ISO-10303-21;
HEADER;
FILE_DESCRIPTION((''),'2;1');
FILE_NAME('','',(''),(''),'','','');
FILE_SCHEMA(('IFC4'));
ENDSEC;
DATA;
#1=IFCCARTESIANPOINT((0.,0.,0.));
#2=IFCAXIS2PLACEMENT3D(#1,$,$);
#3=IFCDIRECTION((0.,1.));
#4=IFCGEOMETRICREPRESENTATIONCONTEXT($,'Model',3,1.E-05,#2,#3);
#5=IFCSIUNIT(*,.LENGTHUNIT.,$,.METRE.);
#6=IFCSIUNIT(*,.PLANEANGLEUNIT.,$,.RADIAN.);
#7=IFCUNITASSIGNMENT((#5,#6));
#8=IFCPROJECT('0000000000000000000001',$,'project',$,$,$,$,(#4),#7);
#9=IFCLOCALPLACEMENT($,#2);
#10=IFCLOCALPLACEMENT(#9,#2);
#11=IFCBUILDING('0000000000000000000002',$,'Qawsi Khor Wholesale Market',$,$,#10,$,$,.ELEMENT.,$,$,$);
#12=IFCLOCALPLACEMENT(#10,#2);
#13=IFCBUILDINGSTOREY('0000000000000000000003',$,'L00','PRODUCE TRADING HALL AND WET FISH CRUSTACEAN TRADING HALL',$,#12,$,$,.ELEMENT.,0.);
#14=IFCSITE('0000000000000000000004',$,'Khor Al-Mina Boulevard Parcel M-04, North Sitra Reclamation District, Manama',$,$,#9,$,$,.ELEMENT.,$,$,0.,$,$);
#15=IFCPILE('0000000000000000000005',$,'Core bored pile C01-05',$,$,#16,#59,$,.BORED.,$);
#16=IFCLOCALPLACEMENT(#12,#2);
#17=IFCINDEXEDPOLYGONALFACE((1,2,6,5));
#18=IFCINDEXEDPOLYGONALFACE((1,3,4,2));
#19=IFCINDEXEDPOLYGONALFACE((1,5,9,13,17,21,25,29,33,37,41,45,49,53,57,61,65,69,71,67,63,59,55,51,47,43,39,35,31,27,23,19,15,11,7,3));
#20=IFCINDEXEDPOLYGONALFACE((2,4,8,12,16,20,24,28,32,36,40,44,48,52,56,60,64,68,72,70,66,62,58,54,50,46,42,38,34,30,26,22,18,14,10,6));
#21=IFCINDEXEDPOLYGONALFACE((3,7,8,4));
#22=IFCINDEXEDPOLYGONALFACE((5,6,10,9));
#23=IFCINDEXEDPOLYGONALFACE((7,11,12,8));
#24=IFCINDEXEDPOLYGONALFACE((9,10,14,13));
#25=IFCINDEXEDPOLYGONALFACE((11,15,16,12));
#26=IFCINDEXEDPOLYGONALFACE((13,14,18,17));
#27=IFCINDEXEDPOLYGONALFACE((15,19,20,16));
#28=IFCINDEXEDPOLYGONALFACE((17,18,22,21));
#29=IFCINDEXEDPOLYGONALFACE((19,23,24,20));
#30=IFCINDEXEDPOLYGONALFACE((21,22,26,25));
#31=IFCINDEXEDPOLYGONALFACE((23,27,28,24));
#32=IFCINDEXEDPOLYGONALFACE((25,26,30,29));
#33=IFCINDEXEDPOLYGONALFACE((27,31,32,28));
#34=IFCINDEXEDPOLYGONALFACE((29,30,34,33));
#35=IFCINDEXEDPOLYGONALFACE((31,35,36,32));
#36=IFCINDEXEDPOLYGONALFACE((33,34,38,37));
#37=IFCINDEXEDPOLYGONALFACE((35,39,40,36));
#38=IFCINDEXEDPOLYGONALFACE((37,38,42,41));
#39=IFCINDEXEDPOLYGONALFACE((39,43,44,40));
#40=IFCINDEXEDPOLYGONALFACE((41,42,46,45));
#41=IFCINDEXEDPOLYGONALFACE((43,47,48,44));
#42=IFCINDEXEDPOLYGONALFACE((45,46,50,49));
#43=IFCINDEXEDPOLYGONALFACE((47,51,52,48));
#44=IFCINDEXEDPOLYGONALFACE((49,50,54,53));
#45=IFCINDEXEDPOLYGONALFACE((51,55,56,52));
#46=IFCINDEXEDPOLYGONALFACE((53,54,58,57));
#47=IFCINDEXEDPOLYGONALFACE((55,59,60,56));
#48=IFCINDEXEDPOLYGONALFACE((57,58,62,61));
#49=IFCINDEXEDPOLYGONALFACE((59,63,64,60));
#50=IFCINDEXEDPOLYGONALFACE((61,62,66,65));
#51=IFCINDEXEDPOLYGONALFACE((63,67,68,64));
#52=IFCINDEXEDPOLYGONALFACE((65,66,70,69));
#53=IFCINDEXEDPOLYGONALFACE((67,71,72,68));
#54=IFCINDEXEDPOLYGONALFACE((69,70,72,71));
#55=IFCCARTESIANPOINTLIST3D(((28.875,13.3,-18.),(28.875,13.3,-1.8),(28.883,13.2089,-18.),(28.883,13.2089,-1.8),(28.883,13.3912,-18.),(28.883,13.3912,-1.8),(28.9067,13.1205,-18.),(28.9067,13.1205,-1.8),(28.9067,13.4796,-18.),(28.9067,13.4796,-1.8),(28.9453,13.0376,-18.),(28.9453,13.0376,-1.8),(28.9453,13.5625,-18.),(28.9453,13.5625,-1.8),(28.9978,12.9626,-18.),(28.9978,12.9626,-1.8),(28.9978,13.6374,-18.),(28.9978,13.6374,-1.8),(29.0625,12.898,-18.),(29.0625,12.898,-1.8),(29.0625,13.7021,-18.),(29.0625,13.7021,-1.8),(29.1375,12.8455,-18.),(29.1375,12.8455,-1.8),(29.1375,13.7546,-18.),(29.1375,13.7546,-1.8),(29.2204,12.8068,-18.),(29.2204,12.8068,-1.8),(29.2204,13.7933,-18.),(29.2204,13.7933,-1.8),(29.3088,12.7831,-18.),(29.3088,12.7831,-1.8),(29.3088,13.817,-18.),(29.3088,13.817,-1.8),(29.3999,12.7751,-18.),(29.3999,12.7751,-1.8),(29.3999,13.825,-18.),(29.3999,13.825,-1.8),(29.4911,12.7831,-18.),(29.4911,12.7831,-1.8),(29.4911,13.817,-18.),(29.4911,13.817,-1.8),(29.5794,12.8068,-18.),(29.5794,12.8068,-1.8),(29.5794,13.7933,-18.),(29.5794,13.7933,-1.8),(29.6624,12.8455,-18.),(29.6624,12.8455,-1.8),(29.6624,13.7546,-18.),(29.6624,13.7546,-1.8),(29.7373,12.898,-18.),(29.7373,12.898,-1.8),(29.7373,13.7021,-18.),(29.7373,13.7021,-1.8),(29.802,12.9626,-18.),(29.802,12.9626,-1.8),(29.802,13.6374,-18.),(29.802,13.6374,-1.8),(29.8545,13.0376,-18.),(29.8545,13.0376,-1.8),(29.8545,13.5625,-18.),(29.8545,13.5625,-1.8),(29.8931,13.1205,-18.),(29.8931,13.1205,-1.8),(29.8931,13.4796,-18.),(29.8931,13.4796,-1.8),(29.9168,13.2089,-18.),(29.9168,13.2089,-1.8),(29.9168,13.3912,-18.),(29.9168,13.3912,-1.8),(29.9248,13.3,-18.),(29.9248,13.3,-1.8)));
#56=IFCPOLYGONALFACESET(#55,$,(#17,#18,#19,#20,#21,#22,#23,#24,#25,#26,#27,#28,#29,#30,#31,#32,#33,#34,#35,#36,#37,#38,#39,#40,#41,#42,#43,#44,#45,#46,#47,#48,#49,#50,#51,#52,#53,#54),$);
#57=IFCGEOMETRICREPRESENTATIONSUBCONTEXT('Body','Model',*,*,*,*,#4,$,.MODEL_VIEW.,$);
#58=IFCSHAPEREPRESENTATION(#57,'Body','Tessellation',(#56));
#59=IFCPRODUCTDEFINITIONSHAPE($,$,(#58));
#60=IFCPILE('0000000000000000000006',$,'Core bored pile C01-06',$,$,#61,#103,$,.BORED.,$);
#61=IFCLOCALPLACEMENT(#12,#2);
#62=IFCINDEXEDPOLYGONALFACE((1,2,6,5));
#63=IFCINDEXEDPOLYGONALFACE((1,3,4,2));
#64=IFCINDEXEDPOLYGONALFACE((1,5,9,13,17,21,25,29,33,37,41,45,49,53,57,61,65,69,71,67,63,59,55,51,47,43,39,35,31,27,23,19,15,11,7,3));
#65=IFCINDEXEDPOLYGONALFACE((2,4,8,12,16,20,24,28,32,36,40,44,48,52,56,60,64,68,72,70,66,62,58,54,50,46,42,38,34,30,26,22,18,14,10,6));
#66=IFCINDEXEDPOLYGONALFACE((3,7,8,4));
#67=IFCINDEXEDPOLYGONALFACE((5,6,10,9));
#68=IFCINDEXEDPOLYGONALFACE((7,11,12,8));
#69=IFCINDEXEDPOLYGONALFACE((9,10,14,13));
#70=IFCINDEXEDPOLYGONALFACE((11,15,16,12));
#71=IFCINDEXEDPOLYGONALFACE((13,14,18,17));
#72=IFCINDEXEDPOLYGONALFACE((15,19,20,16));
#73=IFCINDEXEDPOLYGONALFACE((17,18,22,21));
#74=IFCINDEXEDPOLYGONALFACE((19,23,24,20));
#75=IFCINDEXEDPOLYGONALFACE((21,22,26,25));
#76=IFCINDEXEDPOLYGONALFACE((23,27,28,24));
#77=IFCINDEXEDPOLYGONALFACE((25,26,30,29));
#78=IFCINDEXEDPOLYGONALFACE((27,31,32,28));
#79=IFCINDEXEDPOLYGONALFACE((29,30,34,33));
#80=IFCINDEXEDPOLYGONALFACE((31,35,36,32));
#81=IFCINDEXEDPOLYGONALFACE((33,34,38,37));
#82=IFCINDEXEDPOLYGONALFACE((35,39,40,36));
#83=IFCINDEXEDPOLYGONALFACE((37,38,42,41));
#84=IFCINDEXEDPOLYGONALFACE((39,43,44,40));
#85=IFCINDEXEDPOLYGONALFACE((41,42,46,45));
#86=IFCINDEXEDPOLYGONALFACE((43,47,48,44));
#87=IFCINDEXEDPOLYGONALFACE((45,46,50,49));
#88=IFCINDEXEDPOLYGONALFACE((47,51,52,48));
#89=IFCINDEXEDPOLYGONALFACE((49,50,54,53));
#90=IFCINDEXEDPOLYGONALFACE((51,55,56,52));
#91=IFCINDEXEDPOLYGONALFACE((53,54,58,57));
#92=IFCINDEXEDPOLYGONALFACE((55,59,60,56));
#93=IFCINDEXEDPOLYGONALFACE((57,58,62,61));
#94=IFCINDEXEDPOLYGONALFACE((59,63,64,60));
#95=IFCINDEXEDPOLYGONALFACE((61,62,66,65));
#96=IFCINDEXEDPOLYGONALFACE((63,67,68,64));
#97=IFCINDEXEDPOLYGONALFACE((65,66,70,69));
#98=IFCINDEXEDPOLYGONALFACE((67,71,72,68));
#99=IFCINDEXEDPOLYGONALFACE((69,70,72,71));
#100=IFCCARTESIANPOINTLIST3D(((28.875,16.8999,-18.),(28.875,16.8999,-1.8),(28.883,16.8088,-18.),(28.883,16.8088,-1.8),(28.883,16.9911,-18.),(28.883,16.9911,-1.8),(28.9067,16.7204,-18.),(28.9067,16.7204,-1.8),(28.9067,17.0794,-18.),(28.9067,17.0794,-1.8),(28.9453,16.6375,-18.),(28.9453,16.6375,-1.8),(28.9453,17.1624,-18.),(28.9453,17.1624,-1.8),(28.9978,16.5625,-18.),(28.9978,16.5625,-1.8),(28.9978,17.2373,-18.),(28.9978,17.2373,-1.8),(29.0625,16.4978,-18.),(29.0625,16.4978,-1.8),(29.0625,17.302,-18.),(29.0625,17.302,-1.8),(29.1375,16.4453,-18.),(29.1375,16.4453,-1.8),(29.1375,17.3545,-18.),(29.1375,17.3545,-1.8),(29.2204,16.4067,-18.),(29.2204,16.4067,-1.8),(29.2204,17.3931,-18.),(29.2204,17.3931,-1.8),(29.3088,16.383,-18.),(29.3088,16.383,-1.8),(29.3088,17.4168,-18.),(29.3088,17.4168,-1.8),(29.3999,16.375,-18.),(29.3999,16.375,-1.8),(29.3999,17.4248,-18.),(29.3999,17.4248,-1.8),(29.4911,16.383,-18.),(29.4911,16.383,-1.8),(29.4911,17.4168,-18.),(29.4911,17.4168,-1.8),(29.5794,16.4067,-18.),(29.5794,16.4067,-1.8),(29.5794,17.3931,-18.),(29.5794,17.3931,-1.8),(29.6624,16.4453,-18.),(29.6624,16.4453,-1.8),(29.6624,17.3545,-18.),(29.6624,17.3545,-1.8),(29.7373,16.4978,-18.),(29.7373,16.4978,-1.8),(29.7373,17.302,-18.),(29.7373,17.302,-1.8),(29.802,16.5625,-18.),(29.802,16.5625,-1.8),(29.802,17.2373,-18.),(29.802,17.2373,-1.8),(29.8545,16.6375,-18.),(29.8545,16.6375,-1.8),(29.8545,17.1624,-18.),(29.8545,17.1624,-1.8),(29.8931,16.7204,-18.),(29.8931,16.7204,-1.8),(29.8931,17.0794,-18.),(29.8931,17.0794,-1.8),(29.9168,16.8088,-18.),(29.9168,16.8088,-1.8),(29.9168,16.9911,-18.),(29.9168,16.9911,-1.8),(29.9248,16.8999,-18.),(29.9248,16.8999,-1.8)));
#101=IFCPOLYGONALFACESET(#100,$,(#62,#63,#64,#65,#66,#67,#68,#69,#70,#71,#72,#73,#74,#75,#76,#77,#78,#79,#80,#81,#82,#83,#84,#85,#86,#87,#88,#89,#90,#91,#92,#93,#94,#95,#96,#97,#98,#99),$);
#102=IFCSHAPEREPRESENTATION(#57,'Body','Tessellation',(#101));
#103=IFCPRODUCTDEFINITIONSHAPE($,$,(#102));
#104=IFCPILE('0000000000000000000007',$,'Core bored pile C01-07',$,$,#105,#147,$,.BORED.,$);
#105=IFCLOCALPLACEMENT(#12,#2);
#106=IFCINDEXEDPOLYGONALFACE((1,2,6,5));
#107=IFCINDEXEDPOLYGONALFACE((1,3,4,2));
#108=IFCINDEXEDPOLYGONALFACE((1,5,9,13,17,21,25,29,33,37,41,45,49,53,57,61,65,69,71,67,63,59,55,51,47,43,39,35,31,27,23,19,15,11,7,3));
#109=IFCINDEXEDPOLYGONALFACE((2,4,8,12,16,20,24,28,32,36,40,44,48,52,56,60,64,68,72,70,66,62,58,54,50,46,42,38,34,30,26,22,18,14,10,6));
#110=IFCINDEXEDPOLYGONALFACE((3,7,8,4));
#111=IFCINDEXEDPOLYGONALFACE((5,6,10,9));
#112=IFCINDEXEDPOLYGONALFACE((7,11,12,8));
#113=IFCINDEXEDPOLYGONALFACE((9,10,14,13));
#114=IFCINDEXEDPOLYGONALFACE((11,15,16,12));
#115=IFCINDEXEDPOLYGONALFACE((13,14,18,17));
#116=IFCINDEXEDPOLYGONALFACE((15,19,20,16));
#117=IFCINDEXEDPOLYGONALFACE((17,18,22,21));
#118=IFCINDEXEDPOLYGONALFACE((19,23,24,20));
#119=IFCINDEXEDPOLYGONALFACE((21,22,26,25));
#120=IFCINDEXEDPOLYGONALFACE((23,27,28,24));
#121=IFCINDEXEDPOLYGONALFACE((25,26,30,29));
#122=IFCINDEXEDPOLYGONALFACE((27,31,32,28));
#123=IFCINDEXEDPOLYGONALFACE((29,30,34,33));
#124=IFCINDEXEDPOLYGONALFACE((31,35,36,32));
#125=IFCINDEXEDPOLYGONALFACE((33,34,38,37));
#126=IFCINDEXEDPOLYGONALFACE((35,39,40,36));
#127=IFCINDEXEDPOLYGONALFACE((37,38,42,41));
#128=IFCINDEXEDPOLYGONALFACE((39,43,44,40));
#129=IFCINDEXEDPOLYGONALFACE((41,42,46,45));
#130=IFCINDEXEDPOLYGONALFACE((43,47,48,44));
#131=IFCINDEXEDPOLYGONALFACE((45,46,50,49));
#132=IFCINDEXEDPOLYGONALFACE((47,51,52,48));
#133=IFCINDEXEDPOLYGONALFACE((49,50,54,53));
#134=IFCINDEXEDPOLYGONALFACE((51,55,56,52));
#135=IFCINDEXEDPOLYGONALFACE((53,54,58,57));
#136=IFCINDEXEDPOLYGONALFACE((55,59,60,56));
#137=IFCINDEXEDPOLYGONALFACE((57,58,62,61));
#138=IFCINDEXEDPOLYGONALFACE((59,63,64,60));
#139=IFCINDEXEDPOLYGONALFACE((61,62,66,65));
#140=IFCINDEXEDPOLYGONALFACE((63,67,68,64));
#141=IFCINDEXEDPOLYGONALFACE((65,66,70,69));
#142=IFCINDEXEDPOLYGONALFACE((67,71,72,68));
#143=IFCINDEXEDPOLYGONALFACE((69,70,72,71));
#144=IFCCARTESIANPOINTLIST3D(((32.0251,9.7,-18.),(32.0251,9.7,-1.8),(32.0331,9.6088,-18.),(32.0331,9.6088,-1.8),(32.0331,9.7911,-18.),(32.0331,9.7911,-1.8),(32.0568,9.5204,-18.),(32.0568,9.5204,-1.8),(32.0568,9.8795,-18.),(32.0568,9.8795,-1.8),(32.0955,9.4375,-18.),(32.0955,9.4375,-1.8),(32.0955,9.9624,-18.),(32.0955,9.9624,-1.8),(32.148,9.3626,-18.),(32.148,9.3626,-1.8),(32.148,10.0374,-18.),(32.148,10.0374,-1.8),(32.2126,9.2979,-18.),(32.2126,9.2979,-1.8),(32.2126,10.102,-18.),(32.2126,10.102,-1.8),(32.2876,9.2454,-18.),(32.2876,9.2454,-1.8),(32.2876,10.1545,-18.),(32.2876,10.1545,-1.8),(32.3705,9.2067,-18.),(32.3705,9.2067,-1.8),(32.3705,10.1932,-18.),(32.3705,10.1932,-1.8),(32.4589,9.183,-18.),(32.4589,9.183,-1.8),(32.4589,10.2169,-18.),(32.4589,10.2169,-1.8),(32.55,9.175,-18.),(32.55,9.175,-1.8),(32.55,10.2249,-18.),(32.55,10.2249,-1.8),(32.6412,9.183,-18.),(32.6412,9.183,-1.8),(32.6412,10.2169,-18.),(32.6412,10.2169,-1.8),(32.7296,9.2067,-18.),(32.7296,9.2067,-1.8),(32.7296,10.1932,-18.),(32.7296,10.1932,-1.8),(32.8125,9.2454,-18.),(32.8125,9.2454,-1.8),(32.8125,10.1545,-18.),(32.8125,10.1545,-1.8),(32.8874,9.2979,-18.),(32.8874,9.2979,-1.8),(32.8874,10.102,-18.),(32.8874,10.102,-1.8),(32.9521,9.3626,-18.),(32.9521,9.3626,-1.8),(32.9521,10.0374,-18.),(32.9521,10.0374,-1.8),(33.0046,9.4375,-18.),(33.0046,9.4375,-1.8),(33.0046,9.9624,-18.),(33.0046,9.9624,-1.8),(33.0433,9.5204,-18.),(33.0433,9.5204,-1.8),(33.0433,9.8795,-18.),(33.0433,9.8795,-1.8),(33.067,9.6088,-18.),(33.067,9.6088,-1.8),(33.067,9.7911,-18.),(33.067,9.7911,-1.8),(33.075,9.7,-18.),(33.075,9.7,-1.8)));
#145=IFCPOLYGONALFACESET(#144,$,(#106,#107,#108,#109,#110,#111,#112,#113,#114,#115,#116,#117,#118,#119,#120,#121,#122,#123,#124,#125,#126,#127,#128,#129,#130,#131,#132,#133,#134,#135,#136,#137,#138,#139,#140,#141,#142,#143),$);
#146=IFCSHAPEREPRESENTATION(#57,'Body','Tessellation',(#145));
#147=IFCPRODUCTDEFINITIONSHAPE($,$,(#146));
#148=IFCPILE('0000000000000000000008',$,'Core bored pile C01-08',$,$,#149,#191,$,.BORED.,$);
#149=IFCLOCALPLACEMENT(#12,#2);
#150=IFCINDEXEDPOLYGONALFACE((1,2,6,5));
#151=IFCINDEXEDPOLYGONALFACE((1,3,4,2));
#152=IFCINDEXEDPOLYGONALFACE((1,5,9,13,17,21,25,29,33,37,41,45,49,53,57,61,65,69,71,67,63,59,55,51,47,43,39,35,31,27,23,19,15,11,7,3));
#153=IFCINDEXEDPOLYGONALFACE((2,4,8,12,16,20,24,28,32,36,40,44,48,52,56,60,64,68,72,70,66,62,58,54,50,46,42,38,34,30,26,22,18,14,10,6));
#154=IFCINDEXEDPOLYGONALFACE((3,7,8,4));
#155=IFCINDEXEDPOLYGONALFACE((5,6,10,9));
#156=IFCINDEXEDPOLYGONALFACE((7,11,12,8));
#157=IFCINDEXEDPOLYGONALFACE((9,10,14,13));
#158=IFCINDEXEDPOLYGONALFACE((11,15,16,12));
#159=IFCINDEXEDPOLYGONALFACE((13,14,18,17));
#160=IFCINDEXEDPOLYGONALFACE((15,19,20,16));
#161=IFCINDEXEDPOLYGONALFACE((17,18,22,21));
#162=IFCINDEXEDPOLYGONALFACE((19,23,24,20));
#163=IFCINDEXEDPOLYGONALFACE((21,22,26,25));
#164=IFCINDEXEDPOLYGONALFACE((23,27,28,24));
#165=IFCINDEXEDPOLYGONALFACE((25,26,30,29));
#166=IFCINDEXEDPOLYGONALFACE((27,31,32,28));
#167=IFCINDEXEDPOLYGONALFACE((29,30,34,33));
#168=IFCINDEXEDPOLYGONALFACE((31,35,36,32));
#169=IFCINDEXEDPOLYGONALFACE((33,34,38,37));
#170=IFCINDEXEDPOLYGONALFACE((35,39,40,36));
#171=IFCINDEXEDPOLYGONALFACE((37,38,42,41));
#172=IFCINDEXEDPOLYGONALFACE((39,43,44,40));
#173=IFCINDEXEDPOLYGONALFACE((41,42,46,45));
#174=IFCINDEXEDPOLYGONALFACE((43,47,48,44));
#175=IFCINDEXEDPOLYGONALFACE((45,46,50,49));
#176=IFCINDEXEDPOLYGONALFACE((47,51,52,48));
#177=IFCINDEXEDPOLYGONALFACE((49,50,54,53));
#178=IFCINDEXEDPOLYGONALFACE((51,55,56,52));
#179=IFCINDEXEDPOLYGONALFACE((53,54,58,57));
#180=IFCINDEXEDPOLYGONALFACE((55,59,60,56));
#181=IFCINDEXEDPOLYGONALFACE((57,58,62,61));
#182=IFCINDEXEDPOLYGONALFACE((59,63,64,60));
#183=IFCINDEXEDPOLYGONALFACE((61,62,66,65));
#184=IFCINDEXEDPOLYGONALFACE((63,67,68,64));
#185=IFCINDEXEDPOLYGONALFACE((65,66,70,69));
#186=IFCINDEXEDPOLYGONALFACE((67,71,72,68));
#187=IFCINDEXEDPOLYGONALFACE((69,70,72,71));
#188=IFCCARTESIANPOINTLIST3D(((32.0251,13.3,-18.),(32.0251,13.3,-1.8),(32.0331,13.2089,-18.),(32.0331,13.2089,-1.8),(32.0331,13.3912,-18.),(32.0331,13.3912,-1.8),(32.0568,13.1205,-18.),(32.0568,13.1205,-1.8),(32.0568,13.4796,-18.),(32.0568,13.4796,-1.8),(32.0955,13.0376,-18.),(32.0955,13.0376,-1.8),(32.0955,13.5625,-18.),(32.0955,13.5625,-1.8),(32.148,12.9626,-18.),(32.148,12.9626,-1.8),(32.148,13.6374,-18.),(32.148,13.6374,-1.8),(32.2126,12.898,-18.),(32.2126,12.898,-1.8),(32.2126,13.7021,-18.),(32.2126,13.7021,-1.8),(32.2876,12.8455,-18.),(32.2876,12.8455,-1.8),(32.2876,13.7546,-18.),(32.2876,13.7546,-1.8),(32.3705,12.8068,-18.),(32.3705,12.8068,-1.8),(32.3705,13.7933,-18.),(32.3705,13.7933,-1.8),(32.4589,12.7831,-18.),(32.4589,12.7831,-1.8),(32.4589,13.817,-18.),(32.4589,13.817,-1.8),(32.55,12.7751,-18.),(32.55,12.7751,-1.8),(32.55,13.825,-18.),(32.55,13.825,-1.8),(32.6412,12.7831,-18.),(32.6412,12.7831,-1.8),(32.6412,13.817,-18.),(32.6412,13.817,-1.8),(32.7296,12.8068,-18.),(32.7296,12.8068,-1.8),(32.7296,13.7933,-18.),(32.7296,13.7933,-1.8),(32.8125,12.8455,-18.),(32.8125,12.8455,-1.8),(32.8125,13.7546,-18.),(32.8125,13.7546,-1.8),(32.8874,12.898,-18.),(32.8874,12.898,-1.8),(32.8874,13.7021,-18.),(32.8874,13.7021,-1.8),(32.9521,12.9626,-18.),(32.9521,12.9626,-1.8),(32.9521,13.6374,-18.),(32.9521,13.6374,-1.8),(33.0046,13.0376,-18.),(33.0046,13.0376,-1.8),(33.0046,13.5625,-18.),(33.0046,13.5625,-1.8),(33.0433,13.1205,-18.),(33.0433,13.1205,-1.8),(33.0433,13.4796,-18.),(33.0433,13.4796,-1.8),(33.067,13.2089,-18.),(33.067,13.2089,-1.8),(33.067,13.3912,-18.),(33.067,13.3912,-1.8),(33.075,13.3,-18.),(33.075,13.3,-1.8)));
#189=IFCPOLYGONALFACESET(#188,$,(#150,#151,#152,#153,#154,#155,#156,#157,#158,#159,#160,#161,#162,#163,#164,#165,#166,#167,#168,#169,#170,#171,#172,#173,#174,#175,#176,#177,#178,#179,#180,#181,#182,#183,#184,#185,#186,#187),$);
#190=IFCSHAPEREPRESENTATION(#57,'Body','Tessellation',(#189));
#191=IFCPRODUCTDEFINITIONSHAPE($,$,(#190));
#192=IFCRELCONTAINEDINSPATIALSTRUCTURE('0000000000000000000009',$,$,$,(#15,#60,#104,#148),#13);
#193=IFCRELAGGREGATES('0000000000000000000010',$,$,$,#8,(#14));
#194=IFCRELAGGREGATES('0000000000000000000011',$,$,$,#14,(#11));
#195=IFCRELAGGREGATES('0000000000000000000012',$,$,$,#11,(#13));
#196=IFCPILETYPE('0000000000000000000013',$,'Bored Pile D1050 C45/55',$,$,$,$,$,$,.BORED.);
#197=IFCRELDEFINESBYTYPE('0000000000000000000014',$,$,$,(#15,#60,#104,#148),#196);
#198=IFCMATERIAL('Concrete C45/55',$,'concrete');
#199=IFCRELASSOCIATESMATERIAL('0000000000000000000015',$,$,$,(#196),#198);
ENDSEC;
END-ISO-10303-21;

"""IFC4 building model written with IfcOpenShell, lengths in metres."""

from ifc_helpers import new_model, si_unit, direction, frame, origin, origin_2d, place, context, subcontext, project, spatial, circle, extrude, material, material_profile, profile_set, type_object, element, save


model = new_model("IFC4")

# Units and contexts
model_context = context("Model", 3, precision=1e-05, world=origin(), true_north=direction((0.0, 1.0)))
body_context = subcontext(model_context, "Body", "Model", "MODEL_VIEW")
ifc_project = project(units=[si_unit("LENGTHUNIT", "METRE"), si_unit("PLANEANGLEUNIT", "RADIAN")], contexts=[model_context])

# Site, building, storey
site_placement = place(None, origin())
site = spatial("IfcSite", under=ifc_project, at=site_placement, Name="Khor Al-Mina Boulevard Parcel M-04, North Sitra Reclamation District, Manama", CompositionType="ELEMENT", RefElevation=0.0)
building_placement = place(site_placement, origin())
building = spatial("IfcBuilding", under=site, at=building_placement, Name="Qawsi Khor Wholesale Market", CompositionType="ELEMENT")
storey_placement = place(building_placement, origin())
storey = spatial("IfcBuildingStorey", under=building, at=storey_placement, Name="L00", Description="PRODUCE TRADING HALL AND WET FISH CRUSTACEAN TRADING HALL", CompositionType="ELEMENT", Elevation=0.0)

# Piles
ifc_material_1 = material(Name="Concrete C45/55", Category="concrete")
ifc_material_profile_1 = material_profile(ifc_material_1, circle(Radius=0.5249, at=origin_2d()), Name="PILE D1050")
ifc_profile_set_1 = profile_set([ifc_material_profile_1], Name="Concrete C45/55")
pile_type_1 = type_object("IfcPileType", Name="Bored Pile D1050 C45/55", PredefinedType="BORED", material=ifc_profile_set_1)
for number, where, z_axis, x_axis, name in (
    (1, (29.3999, 13.3, -1.8), (0.0, 0.0, -1.0), (1.0, 0.0, 0.0), "Core bored pile C01-05"),
    (2, (29.3999, 16.8999, -1.8), (0.0, 0.0, -1.0), (1.0, 0.0, 0.0), "Core bored pile C01-06"),
    (3, (32.55, 9.7, -1.8), (0.0, 0.0, -1.0), (1.0, 0.0, 0.0), "Core bored pile C01-07"),
    (4, (32.55, 13.3, -1.8), (0.0, 0.0, -1.0), (1.0, 0.0, 0.0), "Core bored pile C01-08"),
):
    element("IfcPile", number, at=place(storey_placement, frame(where, z_axis=z_axis, x_axis=x_axis)), inside=storey, type_object=pile_type_1, Name=name, PredefinedType="BORED", context=body_context, shape_type="SweptSolid", body=[
        extrude(circle(Radius=0.5249, at=origin_2d()), origin(), (0.0, 0.0, 1.0), 16.2),
    ])

save(model, "model.ifc")
